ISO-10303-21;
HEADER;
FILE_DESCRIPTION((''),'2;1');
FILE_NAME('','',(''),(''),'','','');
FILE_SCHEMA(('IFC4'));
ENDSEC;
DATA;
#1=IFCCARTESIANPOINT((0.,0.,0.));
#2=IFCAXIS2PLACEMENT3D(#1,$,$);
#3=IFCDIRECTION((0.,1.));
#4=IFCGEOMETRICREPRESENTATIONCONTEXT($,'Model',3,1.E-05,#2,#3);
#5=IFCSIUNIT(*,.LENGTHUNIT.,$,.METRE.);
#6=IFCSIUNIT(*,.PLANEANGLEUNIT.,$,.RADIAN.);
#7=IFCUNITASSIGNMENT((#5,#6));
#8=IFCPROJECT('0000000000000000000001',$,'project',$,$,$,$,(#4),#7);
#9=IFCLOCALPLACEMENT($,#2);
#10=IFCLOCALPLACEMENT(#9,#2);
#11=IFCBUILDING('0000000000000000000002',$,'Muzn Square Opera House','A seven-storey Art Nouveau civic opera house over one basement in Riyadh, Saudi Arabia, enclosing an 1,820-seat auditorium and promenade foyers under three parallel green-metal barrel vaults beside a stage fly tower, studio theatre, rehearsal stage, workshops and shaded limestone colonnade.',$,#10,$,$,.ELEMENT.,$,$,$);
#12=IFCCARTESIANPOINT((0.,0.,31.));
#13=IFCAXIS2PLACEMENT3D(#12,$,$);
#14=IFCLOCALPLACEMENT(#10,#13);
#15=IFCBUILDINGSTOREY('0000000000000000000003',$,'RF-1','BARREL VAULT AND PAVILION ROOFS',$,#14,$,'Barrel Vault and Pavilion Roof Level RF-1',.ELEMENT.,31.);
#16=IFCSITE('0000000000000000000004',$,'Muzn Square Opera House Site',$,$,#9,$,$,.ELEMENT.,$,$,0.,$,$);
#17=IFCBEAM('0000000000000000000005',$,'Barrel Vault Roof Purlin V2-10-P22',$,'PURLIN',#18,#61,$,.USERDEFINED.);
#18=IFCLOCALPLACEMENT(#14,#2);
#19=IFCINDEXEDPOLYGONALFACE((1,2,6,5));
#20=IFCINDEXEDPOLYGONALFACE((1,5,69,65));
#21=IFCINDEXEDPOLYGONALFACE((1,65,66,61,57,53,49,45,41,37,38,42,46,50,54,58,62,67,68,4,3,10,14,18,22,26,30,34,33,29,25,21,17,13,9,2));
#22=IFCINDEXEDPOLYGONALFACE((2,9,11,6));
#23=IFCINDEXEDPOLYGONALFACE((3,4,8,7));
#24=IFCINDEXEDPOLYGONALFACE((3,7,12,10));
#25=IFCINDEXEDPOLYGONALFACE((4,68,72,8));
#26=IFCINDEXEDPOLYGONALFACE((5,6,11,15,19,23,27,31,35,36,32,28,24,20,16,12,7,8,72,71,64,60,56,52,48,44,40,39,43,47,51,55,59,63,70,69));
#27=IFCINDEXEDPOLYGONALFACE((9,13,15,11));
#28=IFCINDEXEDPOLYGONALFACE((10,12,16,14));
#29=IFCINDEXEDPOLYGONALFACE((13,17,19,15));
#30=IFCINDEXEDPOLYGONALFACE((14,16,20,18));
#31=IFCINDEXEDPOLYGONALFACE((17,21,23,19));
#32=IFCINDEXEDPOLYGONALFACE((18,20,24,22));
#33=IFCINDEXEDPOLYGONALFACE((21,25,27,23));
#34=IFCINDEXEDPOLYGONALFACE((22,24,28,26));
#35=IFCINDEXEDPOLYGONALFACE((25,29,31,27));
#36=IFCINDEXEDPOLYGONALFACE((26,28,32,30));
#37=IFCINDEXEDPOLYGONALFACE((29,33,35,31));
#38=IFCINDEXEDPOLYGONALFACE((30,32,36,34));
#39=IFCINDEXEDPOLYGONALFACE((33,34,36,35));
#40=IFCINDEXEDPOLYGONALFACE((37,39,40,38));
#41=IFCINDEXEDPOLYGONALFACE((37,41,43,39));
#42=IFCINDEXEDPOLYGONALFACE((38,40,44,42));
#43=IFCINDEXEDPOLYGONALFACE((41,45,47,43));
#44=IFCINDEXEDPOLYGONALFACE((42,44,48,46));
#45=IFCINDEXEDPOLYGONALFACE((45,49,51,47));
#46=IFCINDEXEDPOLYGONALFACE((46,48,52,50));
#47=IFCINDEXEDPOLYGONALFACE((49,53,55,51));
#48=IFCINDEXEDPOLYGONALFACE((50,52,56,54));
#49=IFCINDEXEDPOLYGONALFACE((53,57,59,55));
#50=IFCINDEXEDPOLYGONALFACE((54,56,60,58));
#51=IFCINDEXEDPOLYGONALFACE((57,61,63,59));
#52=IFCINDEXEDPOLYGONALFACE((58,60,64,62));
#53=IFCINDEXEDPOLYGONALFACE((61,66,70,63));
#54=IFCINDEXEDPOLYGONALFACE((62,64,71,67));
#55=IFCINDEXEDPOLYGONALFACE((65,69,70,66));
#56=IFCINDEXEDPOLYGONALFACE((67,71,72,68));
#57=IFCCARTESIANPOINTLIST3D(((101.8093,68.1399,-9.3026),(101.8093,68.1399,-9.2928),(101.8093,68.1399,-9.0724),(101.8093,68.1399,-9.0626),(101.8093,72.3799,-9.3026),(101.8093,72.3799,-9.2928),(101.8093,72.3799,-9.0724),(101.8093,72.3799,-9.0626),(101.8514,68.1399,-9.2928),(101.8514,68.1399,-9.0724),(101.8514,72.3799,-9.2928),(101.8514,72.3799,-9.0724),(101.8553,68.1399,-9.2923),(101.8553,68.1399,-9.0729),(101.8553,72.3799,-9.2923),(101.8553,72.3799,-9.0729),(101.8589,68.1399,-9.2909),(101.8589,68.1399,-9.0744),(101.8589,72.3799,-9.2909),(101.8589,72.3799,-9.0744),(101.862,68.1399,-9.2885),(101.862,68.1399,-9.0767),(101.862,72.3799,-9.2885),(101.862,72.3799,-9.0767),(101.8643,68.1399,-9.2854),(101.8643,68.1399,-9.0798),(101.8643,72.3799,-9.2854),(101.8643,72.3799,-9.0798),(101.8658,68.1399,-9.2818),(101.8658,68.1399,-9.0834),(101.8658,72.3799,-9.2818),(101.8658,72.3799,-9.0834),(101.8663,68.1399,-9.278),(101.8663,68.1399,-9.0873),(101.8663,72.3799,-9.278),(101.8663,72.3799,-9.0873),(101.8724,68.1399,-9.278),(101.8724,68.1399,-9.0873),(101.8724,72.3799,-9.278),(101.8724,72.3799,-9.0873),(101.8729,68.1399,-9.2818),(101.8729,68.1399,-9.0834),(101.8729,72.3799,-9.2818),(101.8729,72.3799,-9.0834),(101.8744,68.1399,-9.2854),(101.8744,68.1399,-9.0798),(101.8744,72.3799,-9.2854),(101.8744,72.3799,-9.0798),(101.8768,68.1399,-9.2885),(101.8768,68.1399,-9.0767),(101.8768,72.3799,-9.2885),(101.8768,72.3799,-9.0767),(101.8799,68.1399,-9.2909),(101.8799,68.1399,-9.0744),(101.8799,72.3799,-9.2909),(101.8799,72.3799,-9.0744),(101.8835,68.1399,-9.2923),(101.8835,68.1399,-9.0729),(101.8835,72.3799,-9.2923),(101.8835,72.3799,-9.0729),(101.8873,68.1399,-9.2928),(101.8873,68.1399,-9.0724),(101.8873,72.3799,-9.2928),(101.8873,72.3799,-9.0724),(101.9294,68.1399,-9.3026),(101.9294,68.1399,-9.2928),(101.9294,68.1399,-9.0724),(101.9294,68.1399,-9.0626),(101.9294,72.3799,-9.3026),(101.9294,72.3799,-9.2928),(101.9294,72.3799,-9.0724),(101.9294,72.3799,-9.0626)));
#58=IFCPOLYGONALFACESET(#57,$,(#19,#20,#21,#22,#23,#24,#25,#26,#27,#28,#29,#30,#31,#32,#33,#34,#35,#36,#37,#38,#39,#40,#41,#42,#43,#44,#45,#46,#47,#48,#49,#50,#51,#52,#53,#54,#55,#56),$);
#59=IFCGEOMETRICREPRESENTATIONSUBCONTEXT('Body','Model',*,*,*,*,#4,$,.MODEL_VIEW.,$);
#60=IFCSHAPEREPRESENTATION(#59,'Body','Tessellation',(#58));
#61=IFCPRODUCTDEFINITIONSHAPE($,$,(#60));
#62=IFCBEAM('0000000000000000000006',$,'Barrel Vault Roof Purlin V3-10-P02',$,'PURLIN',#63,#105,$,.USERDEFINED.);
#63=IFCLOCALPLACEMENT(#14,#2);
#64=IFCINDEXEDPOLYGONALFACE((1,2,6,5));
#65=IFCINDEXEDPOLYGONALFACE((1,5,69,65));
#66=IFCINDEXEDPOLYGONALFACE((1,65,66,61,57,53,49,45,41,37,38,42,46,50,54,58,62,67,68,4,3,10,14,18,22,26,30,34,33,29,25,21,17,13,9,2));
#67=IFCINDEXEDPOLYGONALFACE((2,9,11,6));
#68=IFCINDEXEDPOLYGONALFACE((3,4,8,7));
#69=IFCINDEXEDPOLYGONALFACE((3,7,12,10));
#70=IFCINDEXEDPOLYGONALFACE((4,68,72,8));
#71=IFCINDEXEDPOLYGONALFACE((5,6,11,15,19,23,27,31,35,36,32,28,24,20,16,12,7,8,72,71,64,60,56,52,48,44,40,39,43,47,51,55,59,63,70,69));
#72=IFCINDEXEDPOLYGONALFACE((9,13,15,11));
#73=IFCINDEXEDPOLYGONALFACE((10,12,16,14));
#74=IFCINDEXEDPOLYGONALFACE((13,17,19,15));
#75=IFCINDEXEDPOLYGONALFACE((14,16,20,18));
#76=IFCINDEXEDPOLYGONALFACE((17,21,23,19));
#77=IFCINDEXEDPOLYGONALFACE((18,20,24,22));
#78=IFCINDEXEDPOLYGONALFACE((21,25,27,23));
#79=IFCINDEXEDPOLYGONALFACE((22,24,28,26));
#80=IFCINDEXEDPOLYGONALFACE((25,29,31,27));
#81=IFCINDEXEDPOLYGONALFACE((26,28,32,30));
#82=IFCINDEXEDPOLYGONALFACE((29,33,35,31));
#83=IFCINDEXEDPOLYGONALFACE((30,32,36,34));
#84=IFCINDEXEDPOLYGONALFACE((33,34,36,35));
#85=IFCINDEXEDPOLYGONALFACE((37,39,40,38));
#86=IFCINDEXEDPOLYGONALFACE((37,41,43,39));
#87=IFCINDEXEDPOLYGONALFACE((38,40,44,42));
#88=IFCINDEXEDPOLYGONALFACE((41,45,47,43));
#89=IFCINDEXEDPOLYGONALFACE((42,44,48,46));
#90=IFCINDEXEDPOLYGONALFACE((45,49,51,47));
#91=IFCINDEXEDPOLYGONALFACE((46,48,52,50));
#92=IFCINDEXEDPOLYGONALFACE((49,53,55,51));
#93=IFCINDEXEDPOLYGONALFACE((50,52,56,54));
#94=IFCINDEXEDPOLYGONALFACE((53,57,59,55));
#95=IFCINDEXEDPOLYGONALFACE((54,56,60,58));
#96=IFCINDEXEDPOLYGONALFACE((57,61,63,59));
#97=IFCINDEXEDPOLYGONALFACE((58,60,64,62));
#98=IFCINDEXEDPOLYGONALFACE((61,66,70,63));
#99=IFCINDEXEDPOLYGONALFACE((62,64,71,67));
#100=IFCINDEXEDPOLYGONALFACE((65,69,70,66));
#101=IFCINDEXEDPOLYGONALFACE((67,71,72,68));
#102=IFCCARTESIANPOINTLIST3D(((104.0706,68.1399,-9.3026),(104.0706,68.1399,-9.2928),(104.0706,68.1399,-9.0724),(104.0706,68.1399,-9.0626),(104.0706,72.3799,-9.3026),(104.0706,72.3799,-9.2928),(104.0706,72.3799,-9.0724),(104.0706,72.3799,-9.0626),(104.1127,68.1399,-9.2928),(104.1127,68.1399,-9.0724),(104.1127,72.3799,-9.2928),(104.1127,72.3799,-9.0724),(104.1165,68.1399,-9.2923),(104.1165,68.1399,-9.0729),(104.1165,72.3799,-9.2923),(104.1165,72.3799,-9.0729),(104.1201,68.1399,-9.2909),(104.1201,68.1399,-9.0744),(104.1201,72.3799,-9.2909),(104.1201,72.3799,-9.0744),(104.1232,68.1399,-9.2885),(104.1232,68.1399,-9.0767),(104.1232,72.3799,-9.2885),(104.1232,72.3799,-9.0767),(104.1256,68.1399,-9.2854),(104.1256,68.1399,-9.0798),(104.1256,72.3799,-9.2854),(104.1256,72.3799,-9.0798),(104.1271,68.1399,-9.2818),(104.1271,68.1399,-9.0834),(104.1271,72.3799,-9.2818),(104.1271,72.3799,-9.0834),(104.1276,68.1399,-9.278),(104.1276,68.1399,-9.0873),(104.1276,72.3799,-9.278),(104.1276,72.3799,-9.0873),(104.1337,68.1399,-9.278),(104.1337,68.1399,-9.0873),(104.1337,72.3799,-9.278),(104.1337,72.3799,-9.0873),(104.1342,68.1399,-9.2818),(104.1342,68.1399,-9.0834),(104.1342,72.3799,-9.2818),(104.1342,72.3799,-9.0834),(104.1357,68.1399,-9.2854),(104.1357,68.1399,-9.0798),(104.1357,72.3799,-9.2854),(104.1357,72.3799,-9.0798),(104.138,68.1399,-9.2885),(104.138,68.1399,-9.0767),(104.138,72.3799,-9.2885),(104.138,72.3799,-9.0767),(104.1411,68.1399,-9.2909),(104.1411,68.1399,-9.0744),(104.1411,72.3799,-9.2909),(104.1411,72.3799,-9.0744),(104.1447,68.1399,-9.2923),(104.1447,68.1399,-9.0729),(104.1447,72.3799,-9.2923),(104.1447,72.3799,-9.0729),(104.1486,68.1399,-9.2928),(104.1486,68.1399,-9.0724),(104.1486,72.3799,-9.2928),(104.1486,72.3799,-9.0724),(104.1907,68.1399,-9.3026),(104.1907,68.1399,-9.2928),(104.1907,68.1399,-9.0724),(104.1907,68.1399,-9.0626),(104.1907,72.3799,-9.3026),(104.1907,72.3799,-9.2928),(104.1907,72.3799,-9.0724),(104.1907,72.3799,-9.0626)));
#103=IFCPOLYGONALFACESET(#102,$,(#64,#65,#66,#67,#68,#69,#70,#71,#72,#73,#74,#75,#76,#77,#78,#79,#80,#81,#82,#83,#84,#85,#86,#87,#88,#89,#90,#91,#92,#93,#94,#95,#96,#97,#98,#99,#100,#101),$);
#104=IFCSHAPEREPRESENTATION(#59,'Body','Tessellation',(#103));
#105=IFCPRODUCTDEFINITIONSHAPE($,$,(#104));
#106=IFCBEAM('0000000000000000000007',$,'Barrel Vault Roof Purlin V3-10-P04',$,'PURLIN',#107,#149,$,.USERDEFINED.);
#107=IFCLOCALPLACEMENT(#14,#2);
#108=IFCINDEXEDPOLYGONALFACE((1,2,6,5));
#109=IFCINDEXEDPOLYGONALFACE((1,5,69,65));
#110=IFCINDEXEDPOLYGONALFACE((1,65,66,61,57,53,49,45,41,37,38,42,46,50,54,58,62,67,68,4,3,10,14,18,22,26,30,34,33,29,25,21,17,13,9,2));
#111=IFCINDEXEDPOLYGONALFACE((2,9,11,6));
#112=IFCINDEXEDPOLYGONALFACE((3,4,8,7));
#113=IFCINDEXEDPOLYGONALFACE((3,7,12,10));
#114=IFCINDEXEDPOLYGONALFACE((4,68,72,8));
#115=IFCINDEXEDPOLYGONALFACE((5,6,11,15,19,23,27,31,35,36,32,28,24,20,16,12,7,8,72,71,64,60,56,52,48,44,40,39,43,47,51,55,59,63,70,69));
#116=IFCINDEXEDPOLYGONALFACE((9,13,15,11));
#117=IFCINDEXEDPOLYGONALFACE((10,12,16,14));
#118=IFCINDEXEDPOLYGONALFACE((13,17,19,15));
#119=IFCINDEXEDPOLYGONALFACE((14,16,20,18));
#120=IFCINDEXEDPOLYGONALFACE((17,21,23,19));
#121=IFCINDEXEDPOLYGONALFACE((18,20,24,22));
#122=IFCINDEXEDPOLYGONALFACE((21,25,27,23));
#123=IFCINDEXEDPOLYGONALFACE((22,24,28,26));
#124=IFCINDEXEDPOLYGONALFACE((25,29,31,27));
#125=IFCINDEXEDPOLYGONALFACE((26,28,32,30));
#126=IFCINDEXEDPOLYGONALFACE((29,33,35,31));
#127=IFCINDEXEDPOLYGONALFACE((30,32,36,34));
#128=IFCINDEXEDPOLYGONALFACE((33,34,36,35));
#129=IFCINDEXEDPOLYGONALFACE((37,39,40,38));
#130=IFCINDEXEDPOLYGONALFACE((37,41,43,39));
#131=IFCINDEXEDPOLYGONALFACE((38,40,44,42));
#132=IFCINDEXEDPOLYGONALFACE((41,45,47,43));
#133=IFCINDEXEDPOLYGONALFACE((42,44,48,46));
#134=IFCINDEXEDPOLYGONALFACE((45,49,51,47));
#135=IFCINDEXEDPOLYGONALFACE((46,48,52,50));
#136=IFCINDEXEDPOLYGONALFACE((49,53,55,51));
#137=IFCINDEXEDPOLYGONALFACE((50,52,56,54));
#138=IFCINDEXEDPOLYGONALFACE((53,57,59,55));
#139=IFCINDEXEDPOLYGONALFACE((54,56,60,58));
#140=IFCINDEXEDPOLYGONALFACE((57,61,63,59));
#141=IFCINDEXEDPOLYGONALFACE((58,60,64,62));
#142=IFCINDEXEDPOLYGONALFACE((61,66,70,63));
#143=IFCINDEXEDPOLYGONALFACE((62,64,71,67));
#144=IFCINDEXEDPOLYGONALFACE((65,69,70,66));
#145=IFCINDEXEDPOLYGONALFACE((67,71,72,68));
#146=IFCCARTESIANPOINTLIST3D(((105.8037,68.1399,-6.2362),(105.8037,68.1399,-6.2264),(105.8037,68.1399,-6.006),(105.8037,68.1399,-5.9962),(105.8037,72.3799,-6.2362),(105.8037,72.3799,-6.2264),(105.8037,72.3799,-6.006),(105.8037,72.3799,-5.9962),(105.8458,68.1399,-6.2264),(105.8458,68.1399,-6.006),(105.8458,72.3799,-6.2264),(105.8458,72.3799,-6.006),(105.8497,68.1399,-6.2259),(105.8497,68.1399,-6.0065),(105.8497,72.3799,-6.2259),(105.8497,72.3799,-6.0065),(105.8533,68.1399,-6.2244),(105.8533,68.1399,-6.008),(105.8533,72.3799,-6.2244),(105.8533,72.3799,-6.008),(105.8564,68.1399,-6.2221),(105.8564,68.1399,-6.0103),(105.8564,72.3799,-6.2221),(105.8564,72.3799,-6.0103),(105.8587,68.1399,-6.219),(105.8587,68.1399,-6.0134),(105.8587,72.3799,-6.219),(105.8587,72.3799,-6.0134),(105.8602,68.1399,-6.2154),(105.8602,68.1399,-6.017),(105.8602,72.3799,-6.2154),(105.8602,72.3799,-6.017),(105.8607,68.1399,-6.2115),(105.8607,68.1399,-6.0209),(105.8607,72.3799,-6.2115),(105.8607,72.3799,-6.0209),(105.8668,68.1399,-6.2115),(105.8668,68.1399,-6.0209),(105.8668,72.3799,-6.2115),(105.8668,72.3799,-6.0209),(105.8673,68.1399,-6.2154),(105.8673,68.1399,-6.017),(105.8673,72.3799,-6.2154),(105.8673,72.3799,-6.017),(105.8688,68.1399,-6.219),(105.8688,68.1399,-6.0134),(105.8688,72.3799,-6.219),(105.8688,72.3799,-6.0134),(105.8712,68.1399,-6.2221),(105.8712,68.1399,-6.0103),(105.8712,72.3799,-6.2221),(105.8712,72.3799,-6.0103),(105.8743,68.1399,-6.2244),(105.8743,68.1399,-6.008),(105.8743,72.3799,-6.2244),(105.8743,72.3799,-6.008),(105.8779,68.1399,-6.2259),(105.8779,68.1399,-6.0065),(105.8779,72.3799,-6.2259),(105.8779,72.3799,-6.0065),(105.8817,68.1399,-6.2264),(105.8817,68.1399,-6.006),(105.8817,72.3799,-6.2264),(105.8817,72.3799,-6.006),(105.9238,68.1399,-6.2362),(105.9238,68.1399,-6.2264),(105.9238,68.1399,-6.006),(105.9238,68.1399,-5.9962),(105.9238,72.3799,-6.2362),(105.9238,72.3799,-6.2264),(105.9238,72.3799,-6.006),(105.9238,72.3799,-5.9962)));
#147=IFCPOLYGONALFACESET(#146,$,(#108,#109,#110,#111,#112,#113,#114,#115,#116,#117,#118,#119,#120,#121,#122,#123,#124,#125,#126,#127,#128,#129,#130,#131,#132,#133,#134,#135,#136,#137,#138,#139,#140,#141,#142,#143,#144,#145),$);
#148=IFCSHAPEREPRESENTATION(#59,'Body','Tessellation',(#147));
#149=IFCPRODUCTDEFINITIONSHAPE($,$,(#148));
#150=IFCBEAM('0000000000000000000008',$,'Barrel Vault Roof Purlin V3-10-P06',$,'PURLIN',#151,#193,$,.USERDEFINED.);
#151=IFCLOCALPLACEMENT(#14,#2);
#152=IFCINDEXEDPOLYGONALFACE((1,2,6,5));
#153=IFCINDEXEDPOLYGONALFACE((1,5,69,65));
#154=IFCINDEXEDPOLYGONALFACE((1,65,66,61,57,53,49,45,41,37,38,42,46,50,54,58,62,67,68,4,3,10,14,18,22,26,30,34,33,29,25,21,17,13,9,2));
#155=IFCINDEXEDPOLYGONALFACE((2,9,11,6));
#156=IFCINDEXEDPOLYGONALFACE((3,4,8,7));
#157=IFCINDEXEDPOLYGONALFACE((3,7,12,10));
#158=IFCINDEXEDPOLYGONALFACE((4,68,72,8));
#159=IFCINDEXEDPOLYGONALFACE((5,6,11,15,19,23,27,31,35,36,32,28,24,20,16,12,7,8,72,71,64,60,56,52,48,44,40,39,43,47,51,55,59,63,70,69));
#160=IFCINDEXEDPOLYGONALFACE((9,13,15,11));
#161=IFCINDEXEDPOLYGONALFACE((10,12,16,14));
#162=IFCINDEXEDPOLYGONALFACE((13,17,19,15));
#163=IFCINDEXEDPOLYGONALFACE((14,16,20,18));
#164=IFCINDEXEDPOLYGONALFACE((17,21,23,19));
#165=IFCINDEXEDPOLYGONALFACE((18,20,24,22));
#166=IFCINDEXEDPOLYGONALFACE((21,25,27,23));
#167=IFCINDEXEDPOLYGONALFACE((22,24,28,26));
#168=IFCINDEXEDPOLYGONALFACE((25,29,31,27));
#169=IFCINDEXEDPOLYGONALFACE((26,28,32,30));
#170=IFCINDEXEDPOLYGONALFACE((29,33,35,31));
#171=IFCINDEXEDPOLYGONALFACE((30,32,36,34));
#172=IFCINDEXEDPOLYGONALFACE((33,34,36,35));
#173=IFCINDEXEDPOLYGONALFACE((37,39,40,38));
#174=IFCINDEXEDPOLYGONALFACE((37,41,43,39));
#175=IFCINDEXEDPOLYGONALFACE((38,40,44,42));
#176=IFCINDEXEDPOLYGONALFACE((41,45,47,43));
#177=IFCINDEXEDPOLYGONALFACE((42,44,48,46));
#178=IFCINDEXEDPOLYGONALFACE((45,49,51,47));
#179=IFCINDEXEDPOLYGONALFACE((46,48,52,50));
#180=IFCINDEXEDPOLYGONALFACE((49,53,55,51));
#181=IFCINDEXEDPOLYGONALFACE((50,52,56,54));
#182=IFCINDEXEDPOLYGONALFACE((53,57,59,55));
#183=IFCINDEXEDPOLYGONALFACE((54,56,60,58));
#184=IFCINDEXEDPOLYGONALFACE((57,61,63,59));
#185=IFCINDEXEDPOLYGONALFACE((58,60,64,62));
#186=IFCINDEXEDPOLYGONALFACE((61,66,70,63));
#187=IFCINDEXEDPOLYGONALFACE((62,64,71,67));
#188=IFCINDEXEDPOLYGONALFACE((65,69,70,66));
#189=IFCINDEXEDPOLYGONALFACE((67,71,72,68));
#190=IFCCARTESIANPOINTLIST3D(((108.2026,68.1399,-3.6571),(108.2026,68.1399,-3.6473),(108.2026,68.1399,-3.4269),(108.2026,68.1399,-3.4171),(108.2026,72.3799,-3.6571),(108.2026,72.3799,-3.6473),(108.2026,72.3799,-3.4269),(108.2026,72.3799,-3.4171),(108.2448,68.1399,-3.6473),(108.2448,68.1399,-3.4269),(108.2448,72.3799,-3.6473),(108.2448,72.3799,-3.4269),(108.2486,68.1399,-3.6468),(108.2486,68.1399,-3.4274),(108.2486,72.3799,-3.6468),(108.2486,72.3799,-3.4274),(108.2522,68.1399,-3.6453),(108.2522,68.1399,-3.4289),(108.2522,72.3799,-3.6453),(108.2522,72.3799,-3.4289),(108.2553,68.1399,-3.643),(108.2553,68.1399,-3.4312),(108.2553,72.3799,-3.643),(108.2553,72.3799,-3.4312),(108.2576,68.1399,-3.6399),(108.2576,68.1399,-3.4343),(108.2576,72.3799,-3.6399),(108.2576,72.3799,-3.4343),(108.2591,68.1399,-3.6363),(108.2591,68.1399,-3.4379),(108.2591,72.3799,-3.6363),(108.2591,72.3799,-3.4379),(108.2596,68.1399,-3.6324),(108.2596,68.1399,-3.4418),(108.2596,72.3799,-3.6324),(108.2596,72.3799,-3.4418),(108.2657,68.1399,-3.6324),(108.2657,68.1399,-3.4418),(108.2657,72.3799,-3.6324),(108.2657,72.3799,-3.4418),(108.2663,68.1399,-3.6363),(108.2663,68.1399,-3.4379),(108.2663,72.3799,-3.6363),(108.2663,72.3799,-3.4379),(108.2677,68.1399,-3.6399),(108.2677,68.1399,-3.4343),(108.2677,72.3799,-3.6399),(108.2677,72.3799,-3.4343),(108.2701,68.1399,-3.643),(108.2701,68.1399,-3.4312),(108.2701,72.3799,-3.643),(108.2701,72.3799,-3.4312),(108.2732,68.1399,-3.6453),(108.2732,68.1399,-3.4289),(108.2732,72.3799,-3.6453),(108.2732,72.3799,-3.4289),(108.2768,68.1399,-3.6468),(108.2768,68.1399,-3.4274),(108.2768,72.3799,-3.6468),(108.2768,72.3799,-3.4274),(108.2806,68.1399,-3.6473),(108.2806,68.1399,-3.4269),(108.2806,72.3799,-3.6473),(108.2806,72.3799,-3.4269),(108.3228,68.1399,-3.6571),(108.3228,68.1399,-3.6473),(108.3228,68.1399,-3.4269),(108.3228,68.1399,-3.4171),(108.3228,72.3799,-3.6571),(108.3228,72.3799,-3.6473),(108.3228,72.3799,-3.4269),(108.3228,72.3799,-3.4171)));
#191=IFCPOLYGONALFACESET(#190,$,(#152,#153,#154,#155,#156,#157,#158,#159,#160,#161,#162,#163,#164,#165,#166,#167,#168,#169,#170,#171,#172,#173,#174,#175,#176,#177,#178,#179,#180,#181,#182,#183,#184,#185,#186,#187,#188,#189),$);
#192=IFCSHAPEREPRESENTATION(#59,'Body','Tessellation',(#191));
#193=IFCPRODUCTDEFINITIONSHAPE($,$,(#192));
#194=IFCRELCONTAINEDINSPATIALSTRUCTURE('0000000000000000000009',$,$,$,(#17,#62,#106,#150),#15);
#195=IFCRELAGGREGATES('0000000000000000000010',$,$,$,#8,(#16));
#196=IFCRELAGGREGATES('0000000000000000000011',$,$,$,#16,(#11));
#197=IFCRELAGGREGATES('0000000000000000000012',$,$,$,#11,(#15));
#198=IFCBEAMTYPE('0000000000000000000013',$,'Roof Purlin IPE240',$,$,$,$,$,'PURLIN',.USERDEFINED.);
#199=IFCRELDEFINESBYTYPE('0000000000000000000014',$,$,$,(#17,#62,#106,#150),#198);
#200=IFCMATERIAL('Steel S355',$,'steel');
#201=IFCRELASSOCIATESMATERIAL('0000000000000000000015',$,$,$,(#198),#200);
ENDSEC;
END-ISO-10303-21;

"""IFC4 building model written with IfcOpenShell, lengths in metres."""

from ifc_helpers import new_model, si_unit, direction, frame, origin, origin_2d, place, context, subcontext, project, spatial, i_section, extrude, material, material_profile, profile_set, type_object, element, save


model = new_model("IFC4")

# Units and contexts
model_context = context("Model", 3, precision=1e-05, world=origin(), true_north=direction((0.0, 1.0)))
body_context = subcontext(model_context, "Body", "Model", "MODEL_VIEW")
ifc_project = project(units=[si_unit("LENGTHUNIT", "METRE"), si_unit("PLANEANGLEUNIT", "RADIAN")], contexts=[model_context])

# Site, building, storey
site_placement = place(None, origin())
site = spatial("IfcSite", under=ifc_project, at=site_placement, Name="Muzn Square Opera House Site", CompositionType="ELEMENT", RefElevation=0.0)
building_placement = place(site_placement, origin())
building = spatial("IfcBuilding", under=site, at=building_placement, Name="Muzn Square Opera House", Description="A seven-storey Art Nouveau civic opera house over one basement in Riyadh, Saudi Arabia, enclosing an 1,820-seat auditorium and promenade foyers under three parallel green-metal barrel vaults beside a stage fly tower, studio theatre, rehearsal stage, workshops and shaded limestone colonnade.", CompositionType="ELEMENT")
storey_placement = place(building_placement, frame((0.0, 0.0, 31.0)))
storey = spatial("IfcBuildingStorey", under=building, at=storey_placement, Name="RF-1", Description="BARREL VAULT AND PAVILION ROOFS", LongName="Barrel Vault and Pavilion Roof Level RF-1", CompositionType="ELEMENT", Elevation=31.0)

# Shared definitions
ifc_material_1 = material(Name="Steel S355", Category="steel")

# Beams
ifc_material_profile_1 = material_profile(ifc_material_1, i_section(OverallWidth=0.1201, OverallDepth=0.24, WebThickness=0.0061, FlangeThickness=0.0098, FilletRadius=0.0149, at=origin_2d()), Name="IPE 240", Category="steel")
ifc_profile_set_1 = profile_set([ifc_material_profile_1], Name="Steel S355")
beam_type_1 = type_object("IfcBeamType", Name="Roof Purlin IPE240", ElementType="PURLIN", PredefinedType="USERDEFINED", material=ifc_profile_set_1)
for number, where, z_axis, x_axis, name in (
    (1, (101.8694, 68.1399, -9.1826), (0.0, 1.0, 0.0), (-1.0, 0.0, 0.0), "Barrel Vault Roof Purlin V2-10-P22"),
    (2, (104.1306, 68.1399, -9.1826), (0.0, 1.0, 0.0), (-1.0, 0.0, 0.0), "Barrel Vault Roof Purlin V3-10-P02"),
    (3, (105.8638, 68.1399, -6.1162), (0.0, 1.0, 0.0), (-1.0, 0.0, 0.0), "Barrel Vault Roof Purlin V3-10-P04"),
    (4, (108.2627, 68.1399, -3.5371), (0.0, 1.0, 0.0), (-1.0, 0.0, 0.0), "Barrel Vault Roof Purlin V3-10-P06"),
):
    element("IfcBeam", number, at=place(storey_placement, frame(where, z_axis=z_axis, x_axis=x_axis)), inside=storey, type_object=beam_type_1, Name=name, ObjectType="PURLIN", PredefinedType="USERDEFINED", context=body_context, shape_type="SweptSolid", body=[
        extrude(i_section(OverallWidth=0.1201, OverallDepth=0.24, WebThickness=0.0061, FlangeThickness=0.0098, FilletRadius=0.0149, at=origin_2d()), origin(), (0.0, 0.0, 1.0), 4.24),
    ])

save(model, "model.ifc")
